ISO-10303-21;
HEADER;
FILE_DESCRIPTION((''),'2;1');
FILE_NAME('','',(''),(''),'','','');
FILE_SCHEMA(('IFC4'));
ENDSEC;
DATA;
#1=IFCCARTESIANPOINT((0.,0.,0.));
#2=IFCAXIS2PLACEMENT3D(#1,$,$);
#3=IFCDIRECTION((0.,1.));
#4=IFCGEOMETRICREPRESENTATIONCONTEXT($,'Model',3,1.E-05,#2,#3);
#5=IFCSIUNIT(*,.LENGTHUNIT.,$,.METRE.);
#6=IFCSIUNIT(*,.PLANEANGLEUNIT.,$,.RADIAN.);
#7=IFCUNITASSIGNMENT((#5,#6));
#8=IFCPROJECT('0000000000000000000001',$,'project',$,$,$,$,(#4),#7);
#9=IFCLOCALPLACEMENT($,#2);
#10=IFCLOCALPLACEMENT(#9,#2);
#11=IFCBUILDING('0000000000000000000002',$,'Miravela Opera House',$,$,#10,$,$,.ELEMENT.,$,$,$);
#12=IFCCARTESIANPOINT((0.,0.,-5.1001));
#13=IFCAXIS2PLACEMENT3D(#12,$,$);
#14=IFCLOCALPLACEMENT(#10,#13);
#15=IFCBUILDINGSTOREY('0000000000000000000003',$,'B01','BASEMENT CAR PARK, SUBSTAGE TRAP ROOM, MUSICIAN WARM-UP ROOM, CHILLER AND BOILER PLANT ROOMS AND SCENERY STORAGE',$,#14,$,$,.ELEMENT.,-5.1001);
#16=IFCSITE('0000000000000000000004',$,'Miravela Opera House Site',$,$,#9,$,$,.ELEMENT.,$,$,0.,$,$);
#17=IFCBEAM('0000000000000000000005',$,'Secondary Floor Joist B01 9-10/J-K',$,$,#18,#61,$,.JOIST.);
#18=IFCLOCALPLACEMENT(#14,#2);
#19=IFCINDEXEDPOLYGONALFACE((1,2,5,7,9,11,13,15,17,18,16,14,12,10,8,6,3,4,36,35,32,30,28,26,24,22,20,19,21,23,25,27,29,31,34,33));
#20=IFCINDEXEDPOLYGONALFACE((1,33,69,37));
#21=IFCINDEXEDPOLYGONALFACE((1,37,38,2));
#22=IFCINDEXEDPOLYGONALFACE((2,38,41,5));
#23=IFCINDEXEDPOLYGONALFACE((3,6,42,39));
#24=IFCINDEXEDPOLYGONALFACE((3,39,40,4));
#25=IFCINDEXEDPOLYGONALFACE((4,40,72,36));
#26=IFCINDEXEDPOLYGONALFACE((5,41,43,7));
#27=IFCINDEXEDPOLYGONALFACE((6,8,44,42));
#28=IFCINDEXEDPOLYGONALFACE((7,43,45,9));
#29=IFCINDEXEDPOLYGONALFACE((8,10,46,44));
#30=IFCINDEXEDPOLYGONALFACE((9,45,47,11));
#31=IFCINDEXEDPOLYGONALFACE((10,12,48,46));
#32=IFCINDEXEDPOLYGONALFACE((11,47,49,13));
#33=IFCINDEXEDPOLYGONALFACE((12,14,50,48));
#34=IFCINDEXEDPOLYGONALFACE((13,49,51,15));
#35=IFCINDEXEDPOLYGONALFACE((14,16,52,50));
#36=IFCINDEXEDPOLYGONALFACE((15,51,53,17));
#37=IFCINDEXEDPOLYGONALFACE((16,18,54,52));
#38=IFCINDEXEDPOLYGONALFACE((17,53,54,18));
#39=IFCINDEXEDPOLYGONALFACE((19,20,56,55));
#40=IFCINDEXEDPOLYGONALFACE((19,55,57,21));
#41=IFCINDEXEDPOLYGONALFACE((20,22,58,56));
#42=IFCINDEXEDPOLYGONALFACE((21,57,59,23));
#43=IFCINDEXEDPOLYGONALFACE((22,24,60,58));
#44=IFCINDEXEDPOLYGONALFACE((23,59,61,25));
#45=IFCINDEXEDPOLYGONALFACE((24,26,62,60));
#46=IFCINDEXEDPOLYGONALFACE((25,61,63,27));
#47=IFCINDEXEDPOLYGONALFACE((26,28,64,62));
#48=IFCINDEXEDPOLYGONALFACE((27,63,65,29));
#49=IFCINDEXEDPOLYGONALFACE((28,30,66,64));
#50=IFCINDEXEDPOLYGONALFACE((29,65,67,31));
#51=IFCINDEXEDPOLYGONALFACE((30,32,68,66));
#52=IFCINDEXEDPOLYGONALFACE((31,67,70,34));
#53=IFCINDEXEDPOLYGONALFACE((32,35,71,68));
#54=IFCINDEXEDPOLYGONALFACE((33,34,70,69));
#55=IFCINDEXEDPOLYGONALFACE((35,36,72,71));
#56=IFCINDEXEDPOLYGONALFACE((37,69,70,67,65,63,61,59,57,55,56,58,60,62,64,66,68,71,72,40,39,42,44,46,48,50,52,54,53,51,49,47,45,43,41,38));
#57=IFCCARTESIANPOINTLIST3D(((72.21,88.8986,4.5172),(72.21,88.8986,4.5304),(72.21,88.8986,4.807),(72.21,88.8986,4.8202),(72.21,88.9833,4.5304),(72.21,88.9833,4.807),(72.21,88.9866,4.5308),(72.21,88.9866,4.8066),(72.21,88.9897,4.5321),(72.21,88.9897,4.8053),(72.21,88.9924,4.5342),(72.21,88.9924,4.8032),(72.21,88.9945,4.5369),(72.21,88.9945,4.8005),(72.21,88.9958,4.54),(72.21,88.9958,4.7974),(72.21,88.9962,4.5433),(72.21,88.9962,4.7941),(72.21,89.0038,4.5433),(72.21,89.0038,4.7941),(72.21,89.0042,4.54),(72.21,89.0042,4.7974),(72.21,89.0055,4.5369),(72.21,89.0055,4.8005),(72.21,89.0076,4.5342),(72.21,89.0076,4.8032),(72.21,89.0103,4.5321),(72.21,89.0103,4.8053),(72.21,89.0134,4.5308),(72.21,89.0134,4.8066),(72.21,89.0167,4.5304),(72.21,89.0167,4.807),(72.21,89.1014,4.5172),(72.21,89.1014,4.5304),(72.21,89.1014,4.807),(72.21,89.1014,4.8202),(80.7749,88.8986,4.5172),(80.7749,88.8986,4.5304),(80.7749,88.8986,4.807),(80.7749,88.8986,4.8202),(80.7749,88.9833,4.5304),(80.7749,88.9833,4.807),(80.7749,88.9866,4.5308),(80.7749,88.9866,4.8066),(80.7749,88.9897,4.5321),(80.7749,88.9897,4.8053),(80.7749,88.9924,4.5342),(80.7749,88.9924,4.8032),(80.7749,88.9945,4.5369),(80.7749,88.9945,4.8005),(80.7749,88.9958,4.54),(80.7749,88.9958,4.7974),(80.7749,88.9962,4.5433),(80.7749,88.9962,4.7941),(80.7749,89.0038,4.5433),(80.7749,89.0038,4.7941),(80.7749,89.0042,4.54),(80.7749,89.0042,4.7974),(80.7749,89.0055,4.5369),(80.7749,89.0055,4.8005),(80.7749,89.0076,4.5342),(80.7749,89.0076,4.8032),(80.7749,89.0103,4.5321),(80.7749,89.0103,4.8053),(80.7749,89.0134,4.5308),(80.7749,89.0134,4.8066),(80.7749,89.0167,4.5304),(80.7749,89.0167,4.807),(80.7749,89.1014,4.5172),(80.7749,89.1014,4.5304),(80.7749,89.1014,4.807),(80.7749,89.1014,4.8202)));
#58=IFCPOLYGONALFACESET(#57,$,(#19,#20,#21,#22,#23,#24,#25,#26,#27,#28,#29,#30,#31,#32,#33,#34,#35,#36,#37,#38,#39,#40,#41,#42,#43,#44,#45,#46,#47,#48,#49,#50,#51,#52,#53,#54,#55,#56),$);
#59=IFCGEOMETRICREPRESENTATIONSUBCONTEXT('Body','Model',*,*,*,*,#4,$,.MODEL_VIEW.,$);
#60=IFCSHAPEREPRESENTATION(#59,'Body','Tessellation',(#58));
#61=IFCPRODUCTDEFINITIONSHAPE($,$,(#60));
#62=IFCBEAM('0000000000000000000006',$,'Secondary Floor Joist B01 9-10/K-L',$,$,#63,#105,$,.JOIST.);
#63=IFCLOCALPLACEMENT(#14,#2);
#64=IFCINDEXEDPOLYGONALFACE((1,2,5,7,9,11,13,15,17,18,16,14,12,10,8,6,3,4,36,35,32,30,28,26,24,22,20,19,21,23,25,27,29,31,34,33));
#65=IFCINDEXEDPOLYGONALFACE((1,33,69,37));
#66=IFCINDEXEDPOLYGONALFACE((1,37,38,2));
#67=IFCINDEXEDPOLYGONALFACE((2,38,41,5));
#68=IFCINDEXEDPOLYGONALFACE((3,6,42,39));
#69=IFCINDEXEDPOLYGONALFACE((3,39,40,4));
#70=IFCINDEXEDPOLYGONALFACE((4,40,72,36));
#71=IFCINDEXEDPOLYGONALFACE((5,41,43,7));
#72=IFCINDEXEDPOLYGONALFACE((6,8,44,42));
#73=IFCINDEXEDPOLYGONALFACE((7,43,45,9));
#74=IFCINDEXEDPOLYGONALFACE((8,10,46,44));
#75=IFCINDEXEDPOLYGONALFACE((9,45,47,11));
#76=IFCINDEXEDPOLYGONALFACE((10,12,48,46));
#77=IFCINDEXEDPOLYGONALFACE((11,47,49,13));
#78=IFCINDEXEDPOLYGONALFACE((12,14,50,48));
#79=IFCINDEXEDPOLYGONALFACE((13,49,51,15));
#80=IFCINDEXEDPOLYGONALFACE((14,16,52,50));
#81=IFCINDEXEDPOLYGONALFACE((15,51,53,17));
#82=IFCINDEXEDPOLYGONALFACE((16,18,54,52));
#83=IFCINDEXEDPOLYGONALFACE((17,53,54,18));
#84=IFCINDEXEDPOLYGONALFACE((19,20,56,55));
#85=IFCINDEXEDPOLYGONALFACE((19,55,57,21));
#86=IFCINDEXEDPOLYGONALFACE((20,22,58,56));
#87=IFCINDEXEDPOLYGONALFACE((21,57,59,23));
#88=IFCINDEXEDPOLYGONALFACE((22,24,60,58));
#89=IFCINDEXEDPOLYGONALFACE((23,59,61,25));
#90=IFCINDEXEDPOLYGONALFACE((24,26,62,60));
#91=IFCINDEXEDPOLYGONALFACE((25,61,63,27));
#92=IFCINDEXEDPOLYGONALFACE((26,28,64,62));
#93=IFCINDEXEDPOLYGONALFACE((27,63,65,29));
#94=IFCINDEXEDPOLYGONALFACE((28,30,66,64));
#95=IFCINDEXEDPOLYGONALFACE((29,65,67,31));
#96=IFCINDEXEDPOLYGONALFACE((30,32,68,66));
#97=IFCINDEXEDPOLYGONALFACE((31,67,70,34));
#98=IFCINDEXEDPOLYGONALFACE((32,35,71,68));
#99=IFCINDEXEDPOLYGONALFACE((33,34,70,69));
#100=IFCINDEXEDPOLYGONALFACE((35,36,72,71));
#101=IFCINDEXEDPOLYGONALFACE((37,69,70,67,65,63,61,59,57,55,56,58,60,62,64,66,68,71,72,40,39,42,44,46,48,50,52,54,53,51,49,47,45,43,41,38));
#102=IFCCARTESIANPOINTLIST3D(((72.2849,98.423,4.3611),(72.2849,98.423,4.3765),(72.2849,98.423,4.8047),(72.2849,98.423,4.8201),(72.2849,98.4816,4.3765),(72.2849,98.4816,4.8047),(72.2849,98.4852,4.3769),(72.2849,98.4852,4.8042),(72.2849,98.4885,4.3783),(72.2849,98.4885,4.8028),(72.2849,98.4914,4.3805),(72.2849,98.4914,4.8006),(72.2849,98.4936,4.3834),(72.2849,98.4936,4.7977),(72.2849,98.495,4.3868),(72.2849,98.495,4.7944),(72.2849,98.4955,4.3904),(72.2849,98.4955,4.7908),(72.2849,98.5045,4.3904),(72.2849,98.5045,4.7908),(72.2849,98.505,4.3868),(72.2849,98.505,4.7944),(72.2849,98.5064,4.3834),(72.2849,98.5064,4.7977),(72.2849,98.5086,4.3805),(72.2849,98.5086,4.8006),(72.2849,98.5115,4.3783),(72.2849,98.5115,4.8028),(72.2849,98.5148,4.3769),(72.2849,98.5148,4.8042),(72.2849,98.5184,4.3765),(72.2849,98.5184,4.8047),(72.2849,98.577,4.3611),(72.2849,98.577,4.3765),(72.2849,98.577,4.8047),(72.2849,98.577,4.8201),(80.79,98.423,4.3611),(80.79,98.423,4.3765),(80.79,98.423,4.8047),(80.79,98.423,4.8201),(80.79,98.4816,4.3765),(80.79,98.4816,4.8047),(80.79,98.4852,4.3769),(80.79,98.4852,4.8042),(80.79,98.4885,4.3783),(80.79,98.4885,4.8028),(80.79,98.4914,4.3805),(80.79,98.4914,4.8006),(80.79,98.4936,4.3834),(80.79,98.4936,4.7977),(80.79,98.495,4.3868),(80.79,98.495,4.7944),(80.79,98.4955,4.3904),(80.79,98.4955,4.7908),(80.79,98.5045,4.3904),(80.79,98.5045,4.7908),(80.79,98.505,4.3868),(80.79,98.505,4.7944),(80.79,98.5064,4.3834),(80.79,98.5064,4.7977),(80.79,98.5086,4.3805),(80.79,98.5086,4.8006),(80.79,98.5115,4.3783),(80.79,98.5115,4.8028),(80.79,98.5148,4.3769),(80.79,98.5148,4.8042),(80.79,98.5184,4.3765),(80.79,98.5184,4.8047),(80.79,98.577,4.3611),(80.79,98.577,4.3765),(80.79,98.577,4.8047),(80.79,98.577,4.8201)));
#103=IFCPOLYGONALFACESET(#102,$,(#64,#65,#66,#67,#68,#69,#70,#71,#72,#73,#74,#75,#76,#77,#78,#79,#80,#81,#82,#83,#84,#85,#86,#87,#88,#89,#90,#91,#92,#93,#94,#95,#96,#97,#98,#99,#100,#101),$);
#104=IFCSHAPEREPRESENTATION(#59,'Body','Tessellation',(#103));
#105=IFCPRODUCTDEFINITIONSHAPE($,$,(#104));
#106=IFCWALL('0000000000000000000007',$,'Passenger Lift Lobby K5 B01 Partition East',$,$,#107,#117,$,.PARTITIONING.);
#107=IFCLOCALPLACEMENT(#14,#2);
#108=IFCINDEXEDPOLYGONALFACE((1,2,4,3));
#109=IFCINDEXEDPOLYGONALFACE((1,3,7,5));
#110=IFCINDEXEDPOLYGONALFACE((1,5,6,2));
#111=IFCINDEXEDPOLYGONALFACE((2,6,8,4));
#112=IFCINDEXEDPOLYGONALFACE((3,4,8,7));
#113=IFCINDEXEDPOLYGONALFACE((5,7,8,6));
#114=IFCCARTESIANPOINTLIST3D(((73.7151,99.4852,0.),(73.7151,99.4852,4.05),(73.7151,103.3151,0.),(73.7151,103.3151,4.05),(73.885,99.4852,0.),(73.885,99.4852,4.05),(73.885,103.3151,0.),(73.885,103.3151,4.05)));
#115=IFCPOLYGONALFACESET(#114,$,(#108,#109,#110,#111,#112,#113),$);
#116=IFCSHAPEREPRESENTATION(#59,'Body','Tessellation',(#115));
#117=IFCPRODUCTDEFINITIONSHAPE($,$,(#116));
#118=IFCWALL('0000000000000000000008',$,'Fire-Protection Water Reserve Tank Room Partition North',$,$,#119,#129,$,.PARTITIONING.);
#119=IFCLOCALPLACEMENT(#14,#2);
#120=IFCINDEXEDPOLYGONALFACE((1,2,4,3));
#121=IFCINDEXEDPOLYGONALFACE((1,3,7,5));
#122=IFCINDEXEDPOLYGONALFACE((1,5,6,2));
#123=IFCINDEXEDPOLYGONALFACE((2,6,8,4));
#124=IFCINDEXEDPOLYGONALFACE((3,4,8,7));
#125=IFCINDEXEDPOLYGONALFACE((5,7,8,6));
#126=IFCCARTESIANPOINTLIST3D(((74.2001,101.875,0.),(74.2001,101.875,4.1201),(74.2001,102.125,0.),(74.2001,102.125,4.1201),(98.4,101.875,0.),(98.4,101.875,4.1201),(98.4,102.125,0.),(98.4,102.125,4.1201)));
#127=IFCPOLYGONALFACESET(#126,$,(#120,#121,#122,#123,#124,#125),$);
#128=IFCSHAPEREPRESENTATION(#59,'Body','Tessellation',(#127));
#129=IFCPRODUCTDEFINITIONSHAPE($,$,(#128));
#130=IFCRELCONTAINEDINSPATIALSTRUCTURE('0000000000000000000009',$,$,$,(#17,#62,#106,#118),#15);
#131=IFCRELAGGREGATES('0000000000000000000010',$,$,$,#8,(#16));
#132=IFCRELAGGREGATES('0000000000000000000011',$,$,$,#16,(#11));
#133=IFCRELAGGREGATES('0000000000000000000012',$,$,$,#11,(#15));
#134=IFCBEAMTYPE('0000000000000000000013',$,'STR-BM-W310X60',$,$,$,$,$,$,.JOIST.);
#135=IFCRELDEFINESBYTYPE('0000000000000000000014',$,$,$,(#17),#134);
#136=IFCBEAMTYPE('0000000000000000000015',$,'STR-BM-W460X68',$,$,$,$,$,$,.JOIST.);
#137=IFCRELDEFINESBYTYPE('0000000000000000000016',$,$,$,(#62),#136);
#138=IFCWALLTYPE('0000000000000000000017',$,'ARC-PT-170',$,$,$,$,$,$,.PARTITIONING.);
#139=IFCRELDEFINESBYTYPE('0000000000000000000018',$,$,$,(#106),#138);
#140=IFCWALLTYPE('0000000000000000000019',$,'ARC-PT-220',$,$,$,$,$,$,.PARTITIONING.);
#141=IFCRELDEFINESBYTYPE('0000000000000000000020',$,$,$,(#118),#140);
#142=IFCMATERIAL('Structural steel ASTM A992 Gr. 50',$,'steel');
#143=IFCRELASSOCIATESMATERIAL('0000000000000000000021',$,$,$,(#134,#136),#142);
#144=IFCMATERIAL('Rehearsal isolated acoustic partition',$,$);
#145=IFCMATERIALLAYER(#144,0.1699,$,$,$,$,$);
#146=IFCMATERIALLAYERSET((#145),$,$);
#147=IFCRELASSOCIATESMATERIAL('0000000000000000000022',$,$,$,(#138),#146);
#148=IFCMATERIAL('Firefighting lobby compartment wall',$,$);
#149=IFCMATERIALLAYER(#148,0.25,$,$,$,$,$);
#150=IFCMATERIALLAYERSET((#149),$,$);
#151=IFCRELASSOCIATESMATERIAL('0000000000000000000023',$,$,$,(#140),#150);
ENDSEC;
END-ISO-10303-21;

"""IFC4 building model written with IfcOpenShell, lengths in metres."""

from ifc_helpers import new_model, si_unit, direction, frame, frame_2d, origin, origin_2d, place, context, subcontext, project, spatial, rectangle, i_section, extrude, material, layer, layer_set, material_profile, profile_set, type_object, element, save


model = new_model("IFC4")

# Units and contexts
model_context = context("Model", 3, precision=1e-05, world=origin(), true_north=direction((0.0, 1.0)))
body_context = subcontext(model_context, "Body", "Model", "MODEL_VIEW")
ifc_project = project(units=[si_unit("LENGTHUNIT", "METRE"), si_unit("PLANEANGLEUNIT", "RADIAN")], contexts=[model_context])

# Site, building, storey
site_placement = place(None, origin())
site = spatial("IfcSite", under=ifc_project, at=site_placement, Name="Miravela Opera House Site", CompositionType="ELEMENT", RefElevation=0.0)
building_placement = place(site_placement, origin())
building = spatial("IfcBuilding", under=site, at=building_placement, Name="Miravela Opera House", CompositionType="ELEMENT")
storey_placement = place(building_placement, frame((0.0, 0.0, -5.1001)))
storey = spatial("IfcBuildingStorey", under=building, at=storey_placement, Name="B01", Description="BASEMENT CAR PARK, SUBSTAGE TRAP ROOM, MUSICIAN WARM-UP ROOM, CHILLER AND BOILER PLANT ROOMS AND SCENERY STORAGE", CompositionType="ELEMENT", Elevation=-5.1001)

# Beams
ifc_material_1 = material(Name="Structural steel ASTM A992 Gr. 50", Category="steel")
ifc_material_profile_1 = material_profile(ifc_material_1, i_section(OverallWidth=0.2029, OverallDepth=0.303, WebThickness=0.0076, FlangeThickness=0.0132, FilletRadius=0.0129, at=origin_2d()), Name="W310X60")
ifc_profile_set_1 = profile_set([ifc_material_profile_1])
beam_type_1 = type_object("IfcBeamType", Name="STR-BM-W310X60", PredefinedType="JOIST", material=ifc_profile_set_1)
beam_1_placement = place(storey_placement, frame((72.21, 89.0, 4.6687), z_axis=(1.0, 0.0, 0.0), x_axis=(0.0, 1.0, 0.0)))
element("IfcBeam", 1, at=beam_1_placement, inside=storey, type_object=beam_type_1, Name="Secondary Floor Joist B01 9-10/J-K", PredefinedType="JOIST", context=body_context, shape_type="SweptSolid", body=[
    extrude(i_section(OverallWidth=0.2029, OverallDepth=0.303, WebThickness=0.0076, FlangeThickness=0.0132, FilletRadius=0.0129, at=origin_2d()), origin(), (0.0, 0.0, 1.0), 8.5649),
])
ifc_material_profile_2 = material_profile(ifc_material_1, i_section(OverallWidth=0.1541, OverallDepth=0.459, WebThickness=0.009, FlangeThickness=0.0154, FilletRadius=0.0139, at=origin_2d()), Name="W460X68")
ifc_profile_set_2 = profile_set([ifc_material_profile_2])
beam_type_2 = type_object("IfcBeamType", Name="STR-BM-W460X68", PredefinedType="JOIST", material=ifc_profile_set_2)
beam_2_placement = place(storey_placement, frame((72.2849, 98.5, 4.5906), z_axis=(1.0, 0.0, 0.0), x_axis=(0.0, 1.0, 0.0)))
element("IfcBeam", 2, at=beam_2_placement, inside=storey, type_object=beam_type_2, Name="Secondary Floor Joist B01 9-10/K-L", PredefinedType="JOIST", context=body_context, shape_type="SweptSolid", body=[
    extrude(i_section(OverallWidth=0.1541, OverallDepth=0.459, WebThickness=0.009, FlangeThickness=0.0154, FilletRadius=0.0139, at=origin_2d()), origin(), (0.0, 0.0, 1.0), 8.5051),
])

# Walls
ifc_material_2 = material(Name="Rehearsal isolated acoustic partition")
ifc_layer_1 = layer(ifc_material_2, 0.1699)
ifc_layer_set_1 = layer_set([ifc_layer_1])
wall_type_1 = type_object("IfcWallType", Name="ARC-PT-170", PredefinedType="PARTITIONING", material=ifc_layer_set_1)
wall_1_placement = place(storey_placement, frame((73.8, 99.4851, 0.0), z_axis=(0.0, 0.0, 1.0), x_axis=(0.0, 1.0, 0.0)))
element("IfcWall", 3, at=wall_1_placement, inside=storey, type_object=wall_type_1, Name="Passenger Lift Lobby K5 B01 Partition East", PredefinedType="PARTITIONING", context=body_context, shape_type="SweptSolid", body=[
    extrude(rectangle(XDim=3.8298, YDim=0.1699, at=frame_2d((1.915, 0.0))), origin(), (0.0, 0.0, 1.0), 4.05),
])
ifc_material_3 = material(Name="Firefighting lobby compartment wall")
ifc_layer_2 = layer(ifc_material_3, 0.25)
ifc_layer_set_2 = layer_set([ifc_layer_2])
wall_type_2 = type_object("IfcWallType", Name="ARC-PT-220", PredefinedType="PARTITIONING", material=ifc_layer_set_2)
wall_2_placement = place(storey_placement, frame((74.2, 102.0, 0.0), z_axis=(0.0, 0.0, 1.0), x_axis=(1.0, 0.0, 0.0)))
element("IfcWall", 4, at=wall_2_placement, inside=storey, type_object=wall_type_2, Name="Fire-Protection Water Reserve Tank Room Partition North", PredefinedType="PARTITIONING", context=body_context, shape_type="SweptSolid", body=[
    extrude(rectangle(XDim=24.2, YDim=0.25, at=frame_2d((12.1001, 0.0))), origin(), (0.0, 0.0, 1.0), 4.1201),
])

save(model, "model.ifc")
